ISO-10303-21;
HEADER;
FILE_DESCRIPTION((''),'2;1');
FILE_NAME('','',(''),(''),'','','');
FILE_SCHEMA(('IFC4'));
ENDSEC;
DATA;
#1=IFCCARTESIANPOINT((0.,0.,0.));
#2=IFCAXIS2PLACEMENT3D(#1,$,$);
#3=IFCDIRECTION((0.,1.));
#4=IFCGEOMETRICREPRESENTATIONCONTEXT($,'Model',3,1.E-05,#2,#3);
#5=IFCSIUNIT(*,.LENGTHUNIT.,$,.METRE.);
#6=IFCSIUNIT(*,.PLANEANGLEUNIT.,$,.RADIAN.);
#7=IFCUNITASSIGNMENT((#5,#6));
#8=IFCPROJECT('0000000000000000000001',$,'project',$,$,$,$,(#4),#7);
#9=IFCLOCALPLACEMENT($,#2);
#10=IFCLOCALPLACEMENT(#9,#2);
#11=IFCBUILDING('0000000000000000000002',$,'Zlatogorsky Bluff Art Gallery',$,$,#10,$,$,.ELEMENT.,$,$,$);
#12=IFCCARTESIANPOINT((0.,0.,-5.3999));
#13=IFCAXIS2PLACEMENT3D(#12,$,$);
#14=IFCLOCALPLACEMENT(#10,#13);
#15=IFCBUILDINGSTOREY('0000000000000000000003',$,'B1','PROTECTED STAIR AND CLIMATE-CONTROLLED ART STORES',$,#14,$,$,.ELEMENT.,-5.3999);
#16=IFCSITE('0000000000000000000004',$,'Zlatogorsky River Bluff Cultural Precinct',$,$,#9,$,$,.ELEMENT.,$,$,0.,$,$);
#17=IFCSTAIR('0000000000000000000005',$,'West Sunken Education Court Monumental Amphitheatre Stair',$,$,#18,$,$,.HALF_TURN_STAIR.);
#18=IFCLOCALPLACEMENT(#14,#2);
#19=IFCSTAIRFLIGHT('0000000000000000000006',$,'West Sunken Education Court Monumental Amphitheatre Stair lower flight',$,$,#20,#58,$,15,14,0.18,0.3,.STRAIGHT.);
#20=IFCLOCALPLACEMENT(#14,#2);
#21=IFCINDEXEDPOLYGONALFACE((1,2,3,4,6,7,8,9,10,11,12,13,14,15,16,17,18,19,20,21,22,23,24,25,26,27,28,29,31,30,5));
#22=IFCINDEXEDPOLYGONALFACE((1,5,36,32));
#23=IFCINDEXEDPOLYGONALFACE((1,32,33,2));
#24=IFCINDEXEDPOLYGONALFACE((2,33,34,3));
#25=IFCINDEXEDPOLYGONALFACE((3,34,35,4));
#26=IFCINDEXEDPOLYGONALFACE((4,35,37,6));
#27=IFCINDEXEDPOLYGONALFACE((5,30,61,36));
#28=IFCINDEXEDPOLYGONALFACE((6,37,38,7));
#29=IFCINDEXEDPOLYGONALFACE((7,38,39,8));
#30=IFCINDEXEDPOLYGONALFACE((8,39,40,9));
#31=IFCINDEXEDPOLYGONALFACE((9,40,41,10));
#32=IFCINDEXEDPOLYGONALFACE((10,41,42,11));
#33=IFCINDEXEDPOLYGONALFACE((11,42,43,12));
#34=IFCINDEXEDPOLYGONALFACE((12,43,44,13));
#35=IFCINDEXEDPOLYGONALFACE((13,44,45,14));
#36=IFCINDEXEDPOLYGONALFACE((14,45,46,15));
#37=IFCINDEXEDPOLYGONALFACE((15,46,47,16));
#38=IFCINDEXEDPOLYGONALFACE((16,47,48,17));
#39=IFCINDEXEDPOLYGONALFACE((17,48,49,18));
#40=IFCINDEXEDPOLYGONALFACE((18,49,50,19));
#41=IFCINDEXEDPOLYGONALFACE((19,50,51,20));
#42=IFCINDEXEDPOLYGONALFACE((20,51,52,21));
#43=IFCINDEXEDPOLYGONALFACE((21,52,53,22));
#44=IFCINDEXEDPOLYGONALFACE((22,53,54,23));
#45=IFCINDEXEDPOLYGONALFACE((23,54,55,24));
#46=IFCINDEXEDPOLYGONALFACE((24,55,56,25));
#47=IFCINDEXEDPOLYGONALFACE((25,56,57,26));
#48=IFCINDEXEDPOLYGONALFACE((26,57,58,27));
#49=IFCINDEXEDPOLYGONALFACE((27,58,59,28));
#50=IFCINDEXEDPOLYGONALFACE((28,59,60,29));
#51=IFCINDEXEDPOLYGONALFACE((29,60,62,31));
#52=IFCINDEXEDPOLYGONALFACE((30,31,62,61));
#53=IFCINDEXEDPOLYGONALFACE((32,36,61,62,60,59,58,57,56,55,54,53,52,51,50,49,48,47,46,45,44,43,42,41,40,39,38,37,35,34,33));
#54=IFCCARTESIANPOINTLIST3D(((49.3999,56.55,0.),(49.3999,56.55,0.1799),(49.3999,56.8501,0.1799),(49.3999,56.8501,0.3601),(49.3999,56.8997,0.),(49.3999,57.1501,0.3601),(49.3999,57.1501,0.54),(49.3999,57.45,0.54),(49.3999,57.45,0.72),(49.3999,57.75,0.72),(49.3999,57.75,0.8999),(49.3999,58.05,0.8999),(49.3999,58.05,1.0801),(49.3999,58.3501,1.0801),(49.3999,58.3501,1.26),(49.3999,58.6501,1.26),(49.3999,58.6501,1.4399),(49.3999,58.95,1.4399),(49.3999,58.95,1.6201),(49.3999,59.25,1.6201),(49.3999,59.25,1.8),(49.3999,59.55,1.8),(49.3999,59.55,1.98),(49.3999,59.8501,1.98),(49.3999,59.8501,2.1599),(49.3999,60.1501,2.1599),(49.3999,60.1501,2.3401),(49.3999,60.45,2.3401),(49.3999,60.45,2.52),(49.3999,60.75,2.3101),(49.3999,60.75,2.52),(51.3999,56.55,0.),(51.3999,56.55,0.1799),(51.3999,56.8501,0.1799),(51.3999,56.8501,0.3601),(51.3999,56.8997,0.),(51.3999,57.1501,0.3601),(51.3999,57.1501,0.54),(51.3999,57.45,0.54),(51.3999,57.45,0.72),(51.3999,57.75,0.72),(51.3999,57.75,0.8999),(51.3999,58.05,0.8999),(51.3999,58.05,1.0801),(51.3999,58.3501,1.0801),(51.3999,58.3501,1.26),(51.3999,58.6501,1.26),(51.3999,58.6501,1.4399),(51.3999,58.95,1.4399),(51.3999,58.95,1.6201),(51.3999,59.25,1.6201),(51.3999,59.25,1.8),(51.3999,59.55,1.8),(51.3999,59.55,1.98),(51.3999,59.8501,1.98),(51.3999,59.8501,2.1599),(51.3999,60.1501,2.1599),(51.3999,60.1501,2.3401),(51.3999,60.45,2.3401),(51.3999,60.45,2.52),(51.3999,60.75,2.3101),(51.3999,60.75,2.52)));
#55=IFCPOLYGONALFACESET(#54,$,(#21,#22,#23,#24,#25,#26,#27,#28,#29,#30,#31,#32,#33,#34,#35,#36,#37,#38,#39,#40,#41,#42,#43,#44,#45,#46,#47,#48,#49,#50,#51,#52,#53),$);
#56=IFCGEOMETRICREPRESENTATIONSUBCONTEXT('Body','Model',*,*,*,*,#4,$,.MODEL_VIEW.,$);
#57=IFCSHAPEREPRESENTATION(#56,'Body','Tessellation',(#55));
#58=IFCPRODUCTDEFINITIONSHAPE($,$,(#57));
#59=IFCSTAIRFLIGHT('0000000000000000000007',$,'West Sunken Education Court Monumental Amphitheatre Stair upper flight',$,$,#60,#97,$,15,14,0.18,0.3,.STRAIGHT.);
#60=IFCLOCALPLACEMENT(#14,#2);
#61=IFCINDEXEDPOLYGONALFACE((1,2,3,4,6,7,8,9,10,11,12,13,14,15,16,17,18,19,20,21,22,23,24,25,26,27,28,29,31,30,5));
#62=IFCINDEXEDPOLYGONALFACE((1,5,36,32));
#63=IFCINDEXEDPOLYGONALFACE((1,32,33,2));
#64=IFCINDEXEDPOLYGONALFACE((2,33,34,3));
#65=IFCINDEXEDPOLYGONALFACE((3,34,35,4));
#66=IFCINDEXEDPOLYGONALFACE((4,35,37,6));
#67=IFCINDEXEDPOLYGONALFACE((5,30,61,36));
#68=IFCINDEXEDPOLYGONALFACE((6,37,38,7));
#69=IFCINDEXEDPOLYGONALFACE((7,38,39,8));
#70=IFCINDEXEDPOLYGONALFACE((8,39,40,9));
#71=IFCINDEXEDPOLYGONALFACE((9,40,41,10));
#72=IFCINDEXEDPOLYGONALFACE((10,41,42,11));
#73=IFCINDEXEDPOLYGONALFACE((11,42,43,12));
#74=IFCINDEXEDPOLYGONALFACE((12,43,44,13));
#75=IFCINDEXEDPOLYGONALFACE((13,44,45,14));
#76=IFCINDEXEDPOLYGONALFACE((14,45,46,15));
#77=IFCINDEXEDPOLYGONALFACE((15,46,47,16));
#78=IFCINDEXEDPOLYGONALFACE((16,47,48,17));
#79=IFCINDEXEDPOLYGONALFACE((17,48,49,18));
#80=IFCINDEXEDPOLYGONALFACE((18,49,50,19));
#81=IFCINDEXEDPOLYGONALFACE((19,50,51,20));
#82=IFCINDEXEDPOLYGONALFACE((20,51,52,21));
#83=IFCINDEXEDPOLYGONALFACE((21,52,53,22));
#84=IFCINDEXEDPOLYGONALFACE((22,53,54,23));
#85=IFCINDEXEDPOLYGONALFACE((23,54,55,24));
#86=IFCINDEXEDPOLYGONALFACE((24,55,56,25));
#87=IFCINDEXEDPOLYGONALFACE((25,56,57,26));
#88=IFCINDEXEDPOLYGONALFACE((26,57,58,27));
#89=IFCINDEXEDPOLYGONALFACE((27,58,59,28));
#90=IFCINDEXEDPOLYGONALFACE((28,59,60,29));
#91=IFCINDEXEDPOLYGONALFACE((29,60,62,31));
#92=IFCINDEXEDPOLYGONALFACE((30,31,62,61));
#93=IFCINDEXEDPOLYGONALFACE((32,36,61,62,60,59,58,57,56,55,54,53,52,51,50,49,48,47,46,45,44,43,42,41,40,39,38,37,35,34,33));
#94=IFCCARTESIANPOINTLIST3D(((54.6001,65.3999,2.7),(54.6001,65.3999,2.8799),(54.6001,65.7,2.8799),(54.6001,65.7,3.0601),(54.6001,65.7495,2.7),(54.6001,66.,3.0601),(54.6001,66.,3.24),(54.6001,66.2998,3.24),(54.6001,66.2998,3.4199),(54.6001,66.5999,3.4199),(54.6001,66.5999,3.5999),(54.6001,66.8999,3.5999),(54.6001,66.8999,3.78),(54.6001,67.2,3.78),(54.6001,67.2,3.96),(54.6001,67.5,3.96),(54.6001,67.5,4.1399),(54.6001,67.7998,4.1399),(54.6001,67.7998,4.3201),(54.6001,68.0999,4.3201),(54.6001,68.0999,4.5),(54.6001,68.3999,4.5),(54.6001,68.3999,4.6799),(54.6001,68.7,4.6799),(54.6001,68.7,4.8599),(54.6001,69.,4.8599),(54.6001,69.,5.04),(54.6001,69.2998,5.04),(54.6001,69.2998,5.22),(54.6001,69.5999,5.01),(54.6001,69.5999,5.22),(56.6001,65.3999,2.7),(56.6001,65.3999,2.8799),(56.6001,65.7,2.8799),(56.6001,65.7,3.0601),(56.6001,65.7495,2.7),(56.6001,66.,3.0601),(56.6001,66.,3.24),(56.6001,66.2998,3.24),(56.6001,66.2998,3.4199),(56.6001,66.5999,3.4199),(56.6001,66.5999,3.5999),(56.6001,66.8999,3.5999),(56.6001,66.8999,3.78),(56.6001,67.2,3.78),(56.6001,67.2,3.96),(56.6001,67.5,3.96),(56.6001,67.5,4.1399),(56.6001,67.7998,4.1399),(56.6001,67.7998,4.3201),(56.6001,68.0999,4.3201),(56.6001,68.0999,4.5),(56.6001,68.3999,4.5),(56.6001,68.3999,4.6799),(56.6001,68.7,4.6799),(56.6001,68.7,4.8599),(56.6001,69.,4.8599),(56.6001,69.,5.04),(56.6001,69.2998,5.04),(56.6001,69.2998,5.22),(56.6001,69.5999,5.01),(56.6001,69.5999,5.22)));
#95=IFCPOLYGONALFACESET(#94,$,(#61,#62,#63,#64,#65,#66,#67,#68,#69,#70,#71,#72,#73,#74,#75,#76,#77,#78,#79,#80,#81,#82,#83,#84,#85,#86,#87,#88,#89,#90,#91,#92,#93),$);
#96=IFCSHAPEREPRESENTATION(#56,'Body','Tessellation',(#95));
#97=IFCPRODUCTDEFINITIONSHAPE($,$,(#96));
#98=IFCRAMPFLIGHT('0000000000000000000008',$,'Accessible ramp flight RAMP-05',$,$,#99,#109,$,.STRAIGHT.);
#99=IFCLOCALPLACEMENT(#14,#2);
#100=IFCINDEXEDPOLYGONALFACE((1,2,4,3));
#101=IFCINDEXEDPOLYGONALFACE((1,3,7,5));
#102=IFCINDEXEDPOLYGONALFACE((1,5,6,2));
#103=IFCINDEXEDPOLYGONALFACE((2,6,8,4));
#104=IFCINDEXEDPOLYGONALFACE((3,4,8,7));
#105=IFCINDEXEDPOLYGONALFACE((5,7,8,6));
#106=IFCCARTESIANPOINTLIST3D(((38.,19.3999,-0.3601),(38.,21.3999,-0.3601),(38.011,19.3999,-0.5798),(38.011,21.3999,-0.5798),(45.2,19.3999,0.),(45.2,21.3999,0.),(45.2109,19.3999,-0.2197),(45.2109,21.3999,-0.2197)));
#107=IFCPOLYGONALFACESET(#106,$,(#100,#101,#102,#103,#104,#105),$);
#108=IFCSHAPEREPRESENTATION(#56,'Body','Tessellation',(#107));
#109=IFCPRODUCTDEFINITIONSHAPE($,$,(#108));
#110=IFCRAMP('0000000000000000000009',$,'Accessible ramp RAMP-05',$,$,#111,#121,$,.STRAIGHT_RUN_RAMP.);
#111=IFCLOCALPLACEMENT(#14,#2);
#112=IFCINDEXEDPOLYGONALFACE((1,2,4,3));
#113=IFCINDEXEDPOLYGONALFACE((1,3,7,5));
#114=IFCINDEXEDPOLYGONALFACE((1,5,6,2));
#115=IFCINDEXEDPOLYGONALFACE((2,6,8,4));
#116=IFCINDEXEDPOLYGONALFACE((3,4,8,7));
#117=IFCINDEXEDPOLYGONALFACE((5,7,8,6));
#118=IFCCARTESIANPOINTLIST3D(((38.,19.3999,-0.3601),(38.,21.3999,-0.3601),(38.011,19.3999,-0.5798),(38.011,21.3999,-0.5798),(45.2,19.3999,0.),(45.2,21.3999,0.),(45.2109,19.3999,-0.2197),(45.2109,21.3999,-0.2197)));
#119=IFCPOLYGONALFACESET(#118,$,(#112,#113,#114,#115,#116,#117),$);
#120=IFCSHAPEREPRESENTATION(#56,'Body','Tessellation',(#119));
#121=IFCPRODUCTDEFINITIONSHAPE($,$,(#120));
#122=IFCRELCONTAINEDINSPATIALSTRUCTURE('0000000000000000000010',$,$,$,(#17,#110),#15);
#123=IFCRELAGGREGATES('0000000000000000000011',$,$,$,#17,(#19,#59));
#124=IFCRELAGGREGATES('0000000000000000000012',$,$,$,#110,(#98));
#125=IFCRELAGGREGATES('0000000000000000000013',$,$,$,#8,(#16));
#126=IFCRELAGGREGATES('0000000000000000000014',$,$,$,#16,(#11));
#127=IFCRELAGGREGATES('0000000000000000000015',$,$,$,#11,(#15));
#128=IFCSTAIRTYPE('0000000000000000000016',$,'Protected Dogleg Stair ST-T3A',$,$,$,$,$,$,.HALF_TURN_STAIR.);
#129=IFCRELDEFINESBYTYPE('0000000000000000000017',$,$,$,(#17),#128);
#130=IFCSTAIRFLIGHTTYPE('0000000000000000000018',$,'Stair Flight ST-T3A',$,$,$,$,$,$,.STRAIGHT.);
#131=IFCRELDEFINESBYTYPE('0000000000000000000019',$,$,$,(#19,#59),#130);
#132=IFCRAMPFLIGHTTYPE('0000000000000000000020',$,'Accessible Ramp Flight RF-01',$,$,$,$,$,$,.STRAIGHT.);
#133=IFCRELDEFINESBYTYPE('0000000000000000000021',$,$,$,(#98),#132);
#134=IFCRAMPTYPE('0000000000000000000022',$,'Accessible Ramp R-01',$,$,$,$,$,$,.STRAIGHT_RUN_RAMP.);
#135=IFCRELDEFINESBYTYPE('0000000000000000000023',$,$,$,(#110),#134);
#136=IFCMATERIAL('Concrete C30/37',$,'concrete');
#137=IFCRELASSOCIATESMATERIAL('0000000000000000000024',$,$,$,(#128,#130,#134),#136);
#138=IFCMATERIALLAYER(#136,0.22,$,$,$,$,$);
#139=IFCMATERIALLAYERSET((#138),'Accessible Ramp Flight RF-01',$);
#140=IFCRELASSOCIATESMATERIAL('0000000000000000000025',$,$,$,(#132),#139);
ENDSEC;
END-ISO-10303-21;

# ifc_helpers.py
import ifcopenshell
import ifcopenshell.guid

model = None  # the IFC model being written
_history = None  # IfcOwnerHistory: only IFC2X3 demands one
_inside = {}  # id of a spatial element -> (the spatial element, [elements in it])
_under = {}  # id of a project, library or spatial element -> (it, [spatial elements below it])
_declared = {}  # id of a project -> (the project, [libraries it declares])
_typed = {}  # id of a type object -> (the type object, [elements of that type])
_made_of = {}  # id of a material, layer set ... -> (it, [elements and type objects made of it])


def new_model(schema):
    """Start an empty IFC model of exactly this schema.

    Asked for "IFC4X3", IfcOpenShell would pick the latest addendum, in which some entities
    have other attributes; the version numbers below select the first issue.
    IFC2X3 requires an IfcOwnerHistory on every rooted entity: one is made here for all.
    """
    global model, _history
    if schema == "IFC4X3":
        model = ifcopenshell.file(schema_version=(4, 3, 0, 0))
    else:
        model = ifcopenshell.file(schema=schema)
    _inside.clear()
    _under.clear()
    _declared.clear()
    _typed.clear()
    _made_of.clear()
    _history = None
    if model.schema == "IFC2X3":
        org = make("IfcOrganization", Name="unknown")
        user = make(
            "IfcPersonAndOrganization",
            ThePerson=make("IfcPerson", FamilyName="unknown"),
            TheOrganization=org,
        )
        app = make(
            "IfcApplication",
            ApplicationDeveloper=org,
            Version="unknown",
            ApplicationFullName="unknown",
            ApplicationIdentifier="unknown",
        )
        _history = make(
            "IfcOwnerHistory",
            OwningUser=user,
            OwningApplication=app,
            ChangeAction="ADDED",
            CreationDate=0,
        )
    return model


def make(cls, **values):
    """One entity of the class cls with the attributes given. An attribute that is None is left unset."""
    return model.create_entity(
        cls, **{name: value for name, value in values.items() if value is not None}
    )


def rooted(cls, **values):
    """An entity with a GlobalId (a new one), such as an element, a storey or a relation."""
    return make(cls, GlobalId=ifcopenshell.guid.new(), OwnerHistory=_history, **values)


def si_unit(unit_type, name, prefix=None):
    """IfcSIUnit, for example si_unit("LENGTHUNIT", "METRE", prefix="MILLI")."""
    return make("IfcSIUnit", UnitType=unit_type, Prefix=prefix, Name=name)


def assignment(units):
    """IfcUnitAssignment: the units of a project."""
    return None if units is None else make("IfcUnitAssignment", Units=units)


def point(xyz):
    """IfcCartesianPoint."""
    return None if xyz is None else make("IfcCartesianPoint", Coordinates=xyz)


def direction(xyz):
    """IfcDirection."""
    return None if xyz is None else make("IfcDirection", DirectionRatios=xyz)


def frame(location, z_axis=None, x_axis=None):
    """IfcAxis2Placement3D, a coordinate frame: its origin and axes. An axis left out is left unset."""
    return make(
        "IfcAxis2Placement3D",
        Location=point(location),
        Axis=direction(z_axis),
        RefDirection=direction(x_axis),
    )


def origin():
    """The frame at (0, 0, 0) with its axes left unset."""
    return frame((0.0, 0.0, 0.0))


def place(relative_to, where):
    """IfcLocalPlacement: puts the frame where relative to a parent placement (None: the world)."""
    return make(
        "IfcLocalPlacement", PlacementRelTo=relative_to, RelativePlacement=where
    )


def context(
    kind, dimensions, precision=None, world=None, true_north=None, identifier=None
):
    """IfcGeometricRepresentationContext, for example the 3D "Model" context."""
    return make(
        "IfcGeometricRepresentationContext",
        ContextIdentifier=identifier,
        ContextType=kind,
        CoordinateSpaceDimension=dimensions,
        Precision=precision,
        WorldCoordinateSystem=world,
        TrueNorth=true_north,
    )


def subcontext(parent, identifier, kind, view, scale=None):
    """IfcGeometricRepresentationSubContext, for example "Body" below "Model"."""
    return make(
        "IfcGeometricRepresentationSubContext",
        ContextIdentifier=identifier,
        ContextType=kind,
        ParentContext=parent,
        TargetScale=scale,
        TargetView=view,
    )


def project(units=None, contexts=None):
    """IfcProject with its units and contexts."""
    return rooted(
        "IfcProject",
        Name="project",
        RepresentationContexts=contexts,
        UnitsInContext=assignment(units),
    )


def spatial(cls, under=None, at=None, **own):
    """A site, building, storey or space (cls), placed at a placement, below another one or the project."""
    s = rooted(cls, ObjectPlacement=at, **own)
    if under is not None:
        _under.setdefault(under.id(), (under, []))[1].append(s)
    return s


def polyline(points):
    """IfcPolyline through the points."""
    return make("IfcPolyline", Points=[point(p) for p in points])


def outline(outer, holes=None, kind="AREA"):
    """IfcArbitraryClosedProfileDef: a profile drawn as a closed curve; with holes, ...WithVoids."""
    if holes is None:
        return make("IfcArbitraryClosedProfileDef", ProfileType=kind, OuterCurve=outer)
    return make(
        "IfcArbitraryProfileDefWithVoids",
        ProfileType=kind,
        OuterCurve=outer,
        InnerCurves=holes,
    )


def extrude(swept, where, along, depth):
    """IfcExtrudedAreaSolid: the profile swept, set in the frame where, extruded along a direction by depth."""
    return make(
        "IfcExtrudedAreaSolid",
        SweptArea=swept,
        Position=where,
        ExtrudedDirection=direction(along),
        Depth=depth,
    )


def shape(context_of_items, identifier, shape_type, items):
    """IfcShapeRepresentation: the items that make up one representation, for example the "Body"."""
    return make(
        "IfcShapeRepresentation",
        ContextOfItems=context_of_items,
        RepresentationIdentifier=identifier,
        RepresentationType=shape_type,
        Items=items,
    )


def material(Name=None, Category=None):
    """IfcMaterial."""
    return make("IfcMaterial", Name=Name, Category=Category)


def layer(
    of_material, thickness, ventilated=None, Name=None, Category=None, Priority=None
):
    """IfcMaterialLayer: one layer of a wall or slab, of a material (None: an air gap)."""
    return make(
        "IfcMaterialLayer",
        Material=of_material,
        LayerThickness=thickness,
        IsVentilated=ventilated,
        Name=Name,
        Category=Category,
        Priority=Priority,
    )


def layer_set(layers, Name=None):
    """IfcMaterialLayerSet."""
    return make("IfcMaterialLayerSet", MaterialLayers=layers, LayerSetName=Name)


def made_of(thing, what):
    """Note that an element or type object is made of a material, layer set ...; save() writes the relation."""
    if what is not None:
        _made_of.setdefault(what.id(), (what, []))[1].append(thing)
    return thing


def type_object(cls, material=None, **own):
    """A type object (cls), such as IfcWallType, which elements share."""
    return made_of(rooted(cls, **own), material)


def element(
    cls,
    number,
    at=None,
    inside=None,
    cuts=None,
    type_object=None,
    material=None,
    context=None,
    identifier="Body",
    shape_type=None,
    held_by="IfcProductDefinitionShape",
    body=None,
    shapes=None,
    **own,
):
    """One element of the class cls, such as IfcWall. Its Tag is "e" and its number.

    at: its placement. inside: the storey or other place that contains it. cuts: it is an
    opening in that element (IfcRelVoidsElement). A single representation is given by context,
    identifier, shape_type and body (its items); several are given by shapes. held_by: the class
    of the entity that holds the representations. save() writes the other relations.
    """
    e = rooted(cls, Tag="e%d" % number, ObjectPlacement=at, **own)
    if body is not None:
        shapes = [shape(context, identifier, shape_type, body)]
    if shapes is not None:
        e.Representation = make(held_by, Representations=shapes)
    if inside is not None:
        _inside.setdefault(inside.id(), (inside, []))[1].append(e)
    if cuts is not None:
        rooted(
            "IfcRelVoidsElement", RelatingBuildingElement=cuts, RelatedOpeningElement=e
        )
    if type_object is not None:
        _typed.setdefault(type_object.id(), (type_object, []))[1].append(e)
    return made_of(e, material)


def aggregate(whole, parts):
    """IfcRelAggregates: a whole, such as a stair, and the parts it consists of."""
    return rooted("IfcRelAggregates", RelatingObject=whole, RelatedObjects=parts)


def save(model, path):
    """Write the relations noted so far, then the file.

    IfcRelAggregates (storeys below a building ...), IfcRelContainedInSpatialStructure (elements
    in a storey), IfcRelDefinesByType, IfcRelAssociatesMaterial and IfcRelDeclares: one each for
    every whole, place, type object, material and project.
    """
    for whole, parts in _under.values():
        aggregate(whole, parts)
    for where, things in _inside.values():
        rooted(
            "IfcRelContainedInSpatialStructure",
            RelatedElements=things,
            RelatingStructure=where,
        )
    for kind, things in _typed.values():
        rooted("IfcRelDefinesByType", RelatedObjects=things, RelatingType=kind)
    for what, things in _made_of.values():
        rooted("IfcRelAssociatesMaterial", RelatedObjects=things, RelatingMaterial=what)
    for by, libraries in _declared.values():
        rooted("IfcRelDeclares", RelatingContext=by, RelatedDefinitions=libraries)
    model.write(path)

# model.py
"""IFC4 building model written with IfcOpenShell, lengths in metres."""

from ifc_helpers import new_model, si_unit, direction, frame, origin, place, context, subcontext, project, spatial, polyline, outline, extrude, material, layer, layer_set, type_object, element, aggregate, save


model = new_model("IFC4")

# Units and contexts
model_context = context("Model", 3, precision=1e-05, world=origin(), true_north=direction((0.0, 1.0)))
body_context = subcontext(model_context, "Body", "Model", "MODEL_VIEW")
ifc_project = project(units=[si_unit("LENGTHUNIT", "METRE"), si_unit("PLANEANGLEUNIT", "RADIAN")], contexts=[model_context])

# Site, building, storey
site_placement = place(None, origin())
site = spatial("IfcSite", under=ifc_project, at=site_placement, Name="Zlatogorsky River Bluff Cultural Precinct", CompositionType="ELEMENT", RefElevation=0.0)
building_placement = place(site_placement, origin())
building = spatial("IfcBuilding", under=site, at=building_placement, Name="Zlatogorsky Bluff Art Gallery", CompositionType="ELEMENT")
storey_placement = place(building_placement, frame((0.0, 0.0, -5.3999)))
storey = spatial("IfcBuildingStorey", under=building, at=storey_placement, Name="B1", Description="PROTECTED STAIR AND CLIMATE-CONTROLLED ART STORES", CompositionType="ELEMENT", Elevation=-5.3999)

# Stair, stair flights
ifc_material_1 = material(Name="Concrete C30/37", Category="concrete")
stair_type = type_object("IfcStairType", Name="Protected Dogleg Stair ST-T3A", PredefinedType="HALF_TURN_STAIR", material=ifc_material_1)
stair_placement = place(storey_placement, origin())
stair = element("IfcStair", 1, at=stair_placement, inside=storey, type_object=stair_type, Name="West Sunken Education Court Monumental Amphitheatre Stair", PredefinedType="HALF_TURN_STAIR")
stair_flight_type = type_object("IfcStairFlightType", Name="Stair Flight ST-T3A", PredefinedType="STRAIGHT", material=ifc_material_1)
stair_flight_1_placement = place(storey_placement, frame((50.3999, 56.55, 0.0), z_axis=(0.0, 0.0, 1.0), x_axis=(0.0, 1.0, 0.0)))
stair_flight_1 = element("IfcStairFlight", 2, at=stair_flight_1_placement, type_object=stair_flight_type, Name="West Sunken Education Court Monumental Amphitheatre Stair lower flight", NumberOfRisers=15, NumberOfTreads=14, PredefinedType="STRAIGHT", RiserHeight=0.18, TreadLength=0.3, context=body_context, shape_type="SweptSolid", body=[
    extrude(outline(polyline([(0.0, 0.0), (0.0, 0.1799), (0.3, 0.1799), (0.3, 0.3601), (0.6001, 0.3601), (0.6001, 0.54), (0.8999, 0.54), (0.8999, 0.72), (1.2, 0.72), (1.2, 0.8999), (1.5, 0.8999), (1.5, 1.0801), (1.8, 1.0801), (1.8, 1.26), (2.1001, 1.26), (2.1001, 1.4399), (2.3999, 1.4399), (2.3999, 1.6201), (2.7, 1.6201), (2.7, 1.8), (3.0, 1.8), (3.0, 1.98), (3.3, 1.98), (3.3, 2.1599), (3.6001, 2.1599), (3.6001, 2.3401), (3.8999, 2.3401), (3.8999, 2.52), (4.2, 2.52), (4.2, 2.7), (4.2, 2.3101), (0.3496, 0.0), (0.0, 0.0)])), frame((0.0, 1.0, 0.0), z_axis=(0.0, -1.0, 0.0), x_axis=(1.0, 0.0, 0.0)), (0.0, 0.0, 1.0), 2.0),
])
stair_flight_2_placement = place(storey_placement, frame((55.6001, 65.3999, 2.7), z_axis=(0.0, 0.0, 1.0), x_axis=(0.0, 1.0, 0.0)))
stair_flight_2 = element("IfcStairFlight", 3, at=stair_flight_2_placement, type_object=stair_flight_type, Name="West Sunken Education Court Monumental Amphitheatre Stair upper flight", NumberOfRisers=15, NumberOfTreads=14, PredefinedType="STRAIGHT", RiserHeight=0.18, TreadLength=0.3, context=body_context, shape_type="SweptSolid", body=[
    extrude(outline(polyline([(0.0, 0.0), (0.0, 0.1799), (0.3, 0.1799), (0.3, 0.3601), (0.6001, 0.3601), (0.6001, 0.54), (0.8999, 0.54), (0.8999, 0.72), (1.2, 0.72), (1.2, 0.8999), (1.5, 0.8999), (1.5, 1.0801), (1.8, 1.0801), (1.8, 1.26), (2.1001, 1.26), (2.1001, 1.4399), (2.3999, 1.4399), (2.3999, 1.6201), (2.7, 1.6201), (2.7, 1.8), (3.0, 1.8), (3.0, 1.98), (3.3, 1.98), (3.3, 2.1599), (3.6001, 2.1599), (3.6001, 2.3401), (3.8999, 2.3401), (3.8999, 2.52), (4.2, 2.52), (4.2, 2.7), (4.2, 2.3101), (0.3496, 0.0), (0.0, 0.0)])), frame((0.0, 1.0, 0.0), z_axis=(0.0, -1.0, 0.0), x_axis=(1.0, 0.0, 0.0)), (0.0, 0.0, 1.0), 2.0),
])
aggregate(stair, [stair_flight_1, stair_flight_2])

# Ramp flight
ifc_layer_1 = layer(ifc_material_1, 0.22)
ifc_layer_set_1 = layer_set([ifc_layer_1], Name="Accessible Ramp Flight RF-01")
ramp_flight_type = type_object("IfcRampFlightType", Name="Accessible Ramp Flight RF-01", PredefinedType="STRAIGHT", material=ifc_layer_set_1)
ramp_flight_placement = place(storey_placement, frame((38.0, 19.3999, -0.3601), z_axis=(-0.049953, 0.0, 0.998752), x_axis=(0.998752, 0.0, 0.049953)))
ramp_flight = element("IfcRampFlight", 4, at=ramp_flight_placement, type_object=ramp_flight_type, Name="Accessible ramp flight RAMP-05", PredefinedType="STRAIGHT", context=body_context, shape_type="SweptSolid", body=[
    extrude(outline(polyline([(0.0, 0.0), (7.209, 0.0), (7.209, 2.0), (0.0, 2.0), (0.0, 0.0)])), origin(), (0.0, 0.0, -1.0), 0.22),
])

# Ramp
ramp_type = type_object("IfcRampType", Name="Accessible Ramp R-01", PredefinedType="STRAIGHT_RUN_RAMP", material=ifc_material_1)
ramp_placement = place(storey_placement, frame((38.0, 19.3999, -0.3601), z_axis=(-0.049953, 0.0, 0.998752), x_axis=(0.998752, 0.0, 0.049953)))
ramp = element("IfcRamp", 5, at=ramp_placement, inside=storey, type_object=ramp_type, Name="Accessible ramp RAMP-05", PredefinedType="STRAIGHT_RUN_RAMP", context=body_context, shape_type="SweptSolid", body=[
    extrude(outline(polyline([(0.0, 0.0), (7.209, 0.0), (7.209, 2.0), (0.0, 2.0), (0.0, 0.0)])), origin(), (0.0, 0.0, -1.0), 0.22),
])
aggregate(ramp, [ramp_flight])

save(model, "model.ifc")
